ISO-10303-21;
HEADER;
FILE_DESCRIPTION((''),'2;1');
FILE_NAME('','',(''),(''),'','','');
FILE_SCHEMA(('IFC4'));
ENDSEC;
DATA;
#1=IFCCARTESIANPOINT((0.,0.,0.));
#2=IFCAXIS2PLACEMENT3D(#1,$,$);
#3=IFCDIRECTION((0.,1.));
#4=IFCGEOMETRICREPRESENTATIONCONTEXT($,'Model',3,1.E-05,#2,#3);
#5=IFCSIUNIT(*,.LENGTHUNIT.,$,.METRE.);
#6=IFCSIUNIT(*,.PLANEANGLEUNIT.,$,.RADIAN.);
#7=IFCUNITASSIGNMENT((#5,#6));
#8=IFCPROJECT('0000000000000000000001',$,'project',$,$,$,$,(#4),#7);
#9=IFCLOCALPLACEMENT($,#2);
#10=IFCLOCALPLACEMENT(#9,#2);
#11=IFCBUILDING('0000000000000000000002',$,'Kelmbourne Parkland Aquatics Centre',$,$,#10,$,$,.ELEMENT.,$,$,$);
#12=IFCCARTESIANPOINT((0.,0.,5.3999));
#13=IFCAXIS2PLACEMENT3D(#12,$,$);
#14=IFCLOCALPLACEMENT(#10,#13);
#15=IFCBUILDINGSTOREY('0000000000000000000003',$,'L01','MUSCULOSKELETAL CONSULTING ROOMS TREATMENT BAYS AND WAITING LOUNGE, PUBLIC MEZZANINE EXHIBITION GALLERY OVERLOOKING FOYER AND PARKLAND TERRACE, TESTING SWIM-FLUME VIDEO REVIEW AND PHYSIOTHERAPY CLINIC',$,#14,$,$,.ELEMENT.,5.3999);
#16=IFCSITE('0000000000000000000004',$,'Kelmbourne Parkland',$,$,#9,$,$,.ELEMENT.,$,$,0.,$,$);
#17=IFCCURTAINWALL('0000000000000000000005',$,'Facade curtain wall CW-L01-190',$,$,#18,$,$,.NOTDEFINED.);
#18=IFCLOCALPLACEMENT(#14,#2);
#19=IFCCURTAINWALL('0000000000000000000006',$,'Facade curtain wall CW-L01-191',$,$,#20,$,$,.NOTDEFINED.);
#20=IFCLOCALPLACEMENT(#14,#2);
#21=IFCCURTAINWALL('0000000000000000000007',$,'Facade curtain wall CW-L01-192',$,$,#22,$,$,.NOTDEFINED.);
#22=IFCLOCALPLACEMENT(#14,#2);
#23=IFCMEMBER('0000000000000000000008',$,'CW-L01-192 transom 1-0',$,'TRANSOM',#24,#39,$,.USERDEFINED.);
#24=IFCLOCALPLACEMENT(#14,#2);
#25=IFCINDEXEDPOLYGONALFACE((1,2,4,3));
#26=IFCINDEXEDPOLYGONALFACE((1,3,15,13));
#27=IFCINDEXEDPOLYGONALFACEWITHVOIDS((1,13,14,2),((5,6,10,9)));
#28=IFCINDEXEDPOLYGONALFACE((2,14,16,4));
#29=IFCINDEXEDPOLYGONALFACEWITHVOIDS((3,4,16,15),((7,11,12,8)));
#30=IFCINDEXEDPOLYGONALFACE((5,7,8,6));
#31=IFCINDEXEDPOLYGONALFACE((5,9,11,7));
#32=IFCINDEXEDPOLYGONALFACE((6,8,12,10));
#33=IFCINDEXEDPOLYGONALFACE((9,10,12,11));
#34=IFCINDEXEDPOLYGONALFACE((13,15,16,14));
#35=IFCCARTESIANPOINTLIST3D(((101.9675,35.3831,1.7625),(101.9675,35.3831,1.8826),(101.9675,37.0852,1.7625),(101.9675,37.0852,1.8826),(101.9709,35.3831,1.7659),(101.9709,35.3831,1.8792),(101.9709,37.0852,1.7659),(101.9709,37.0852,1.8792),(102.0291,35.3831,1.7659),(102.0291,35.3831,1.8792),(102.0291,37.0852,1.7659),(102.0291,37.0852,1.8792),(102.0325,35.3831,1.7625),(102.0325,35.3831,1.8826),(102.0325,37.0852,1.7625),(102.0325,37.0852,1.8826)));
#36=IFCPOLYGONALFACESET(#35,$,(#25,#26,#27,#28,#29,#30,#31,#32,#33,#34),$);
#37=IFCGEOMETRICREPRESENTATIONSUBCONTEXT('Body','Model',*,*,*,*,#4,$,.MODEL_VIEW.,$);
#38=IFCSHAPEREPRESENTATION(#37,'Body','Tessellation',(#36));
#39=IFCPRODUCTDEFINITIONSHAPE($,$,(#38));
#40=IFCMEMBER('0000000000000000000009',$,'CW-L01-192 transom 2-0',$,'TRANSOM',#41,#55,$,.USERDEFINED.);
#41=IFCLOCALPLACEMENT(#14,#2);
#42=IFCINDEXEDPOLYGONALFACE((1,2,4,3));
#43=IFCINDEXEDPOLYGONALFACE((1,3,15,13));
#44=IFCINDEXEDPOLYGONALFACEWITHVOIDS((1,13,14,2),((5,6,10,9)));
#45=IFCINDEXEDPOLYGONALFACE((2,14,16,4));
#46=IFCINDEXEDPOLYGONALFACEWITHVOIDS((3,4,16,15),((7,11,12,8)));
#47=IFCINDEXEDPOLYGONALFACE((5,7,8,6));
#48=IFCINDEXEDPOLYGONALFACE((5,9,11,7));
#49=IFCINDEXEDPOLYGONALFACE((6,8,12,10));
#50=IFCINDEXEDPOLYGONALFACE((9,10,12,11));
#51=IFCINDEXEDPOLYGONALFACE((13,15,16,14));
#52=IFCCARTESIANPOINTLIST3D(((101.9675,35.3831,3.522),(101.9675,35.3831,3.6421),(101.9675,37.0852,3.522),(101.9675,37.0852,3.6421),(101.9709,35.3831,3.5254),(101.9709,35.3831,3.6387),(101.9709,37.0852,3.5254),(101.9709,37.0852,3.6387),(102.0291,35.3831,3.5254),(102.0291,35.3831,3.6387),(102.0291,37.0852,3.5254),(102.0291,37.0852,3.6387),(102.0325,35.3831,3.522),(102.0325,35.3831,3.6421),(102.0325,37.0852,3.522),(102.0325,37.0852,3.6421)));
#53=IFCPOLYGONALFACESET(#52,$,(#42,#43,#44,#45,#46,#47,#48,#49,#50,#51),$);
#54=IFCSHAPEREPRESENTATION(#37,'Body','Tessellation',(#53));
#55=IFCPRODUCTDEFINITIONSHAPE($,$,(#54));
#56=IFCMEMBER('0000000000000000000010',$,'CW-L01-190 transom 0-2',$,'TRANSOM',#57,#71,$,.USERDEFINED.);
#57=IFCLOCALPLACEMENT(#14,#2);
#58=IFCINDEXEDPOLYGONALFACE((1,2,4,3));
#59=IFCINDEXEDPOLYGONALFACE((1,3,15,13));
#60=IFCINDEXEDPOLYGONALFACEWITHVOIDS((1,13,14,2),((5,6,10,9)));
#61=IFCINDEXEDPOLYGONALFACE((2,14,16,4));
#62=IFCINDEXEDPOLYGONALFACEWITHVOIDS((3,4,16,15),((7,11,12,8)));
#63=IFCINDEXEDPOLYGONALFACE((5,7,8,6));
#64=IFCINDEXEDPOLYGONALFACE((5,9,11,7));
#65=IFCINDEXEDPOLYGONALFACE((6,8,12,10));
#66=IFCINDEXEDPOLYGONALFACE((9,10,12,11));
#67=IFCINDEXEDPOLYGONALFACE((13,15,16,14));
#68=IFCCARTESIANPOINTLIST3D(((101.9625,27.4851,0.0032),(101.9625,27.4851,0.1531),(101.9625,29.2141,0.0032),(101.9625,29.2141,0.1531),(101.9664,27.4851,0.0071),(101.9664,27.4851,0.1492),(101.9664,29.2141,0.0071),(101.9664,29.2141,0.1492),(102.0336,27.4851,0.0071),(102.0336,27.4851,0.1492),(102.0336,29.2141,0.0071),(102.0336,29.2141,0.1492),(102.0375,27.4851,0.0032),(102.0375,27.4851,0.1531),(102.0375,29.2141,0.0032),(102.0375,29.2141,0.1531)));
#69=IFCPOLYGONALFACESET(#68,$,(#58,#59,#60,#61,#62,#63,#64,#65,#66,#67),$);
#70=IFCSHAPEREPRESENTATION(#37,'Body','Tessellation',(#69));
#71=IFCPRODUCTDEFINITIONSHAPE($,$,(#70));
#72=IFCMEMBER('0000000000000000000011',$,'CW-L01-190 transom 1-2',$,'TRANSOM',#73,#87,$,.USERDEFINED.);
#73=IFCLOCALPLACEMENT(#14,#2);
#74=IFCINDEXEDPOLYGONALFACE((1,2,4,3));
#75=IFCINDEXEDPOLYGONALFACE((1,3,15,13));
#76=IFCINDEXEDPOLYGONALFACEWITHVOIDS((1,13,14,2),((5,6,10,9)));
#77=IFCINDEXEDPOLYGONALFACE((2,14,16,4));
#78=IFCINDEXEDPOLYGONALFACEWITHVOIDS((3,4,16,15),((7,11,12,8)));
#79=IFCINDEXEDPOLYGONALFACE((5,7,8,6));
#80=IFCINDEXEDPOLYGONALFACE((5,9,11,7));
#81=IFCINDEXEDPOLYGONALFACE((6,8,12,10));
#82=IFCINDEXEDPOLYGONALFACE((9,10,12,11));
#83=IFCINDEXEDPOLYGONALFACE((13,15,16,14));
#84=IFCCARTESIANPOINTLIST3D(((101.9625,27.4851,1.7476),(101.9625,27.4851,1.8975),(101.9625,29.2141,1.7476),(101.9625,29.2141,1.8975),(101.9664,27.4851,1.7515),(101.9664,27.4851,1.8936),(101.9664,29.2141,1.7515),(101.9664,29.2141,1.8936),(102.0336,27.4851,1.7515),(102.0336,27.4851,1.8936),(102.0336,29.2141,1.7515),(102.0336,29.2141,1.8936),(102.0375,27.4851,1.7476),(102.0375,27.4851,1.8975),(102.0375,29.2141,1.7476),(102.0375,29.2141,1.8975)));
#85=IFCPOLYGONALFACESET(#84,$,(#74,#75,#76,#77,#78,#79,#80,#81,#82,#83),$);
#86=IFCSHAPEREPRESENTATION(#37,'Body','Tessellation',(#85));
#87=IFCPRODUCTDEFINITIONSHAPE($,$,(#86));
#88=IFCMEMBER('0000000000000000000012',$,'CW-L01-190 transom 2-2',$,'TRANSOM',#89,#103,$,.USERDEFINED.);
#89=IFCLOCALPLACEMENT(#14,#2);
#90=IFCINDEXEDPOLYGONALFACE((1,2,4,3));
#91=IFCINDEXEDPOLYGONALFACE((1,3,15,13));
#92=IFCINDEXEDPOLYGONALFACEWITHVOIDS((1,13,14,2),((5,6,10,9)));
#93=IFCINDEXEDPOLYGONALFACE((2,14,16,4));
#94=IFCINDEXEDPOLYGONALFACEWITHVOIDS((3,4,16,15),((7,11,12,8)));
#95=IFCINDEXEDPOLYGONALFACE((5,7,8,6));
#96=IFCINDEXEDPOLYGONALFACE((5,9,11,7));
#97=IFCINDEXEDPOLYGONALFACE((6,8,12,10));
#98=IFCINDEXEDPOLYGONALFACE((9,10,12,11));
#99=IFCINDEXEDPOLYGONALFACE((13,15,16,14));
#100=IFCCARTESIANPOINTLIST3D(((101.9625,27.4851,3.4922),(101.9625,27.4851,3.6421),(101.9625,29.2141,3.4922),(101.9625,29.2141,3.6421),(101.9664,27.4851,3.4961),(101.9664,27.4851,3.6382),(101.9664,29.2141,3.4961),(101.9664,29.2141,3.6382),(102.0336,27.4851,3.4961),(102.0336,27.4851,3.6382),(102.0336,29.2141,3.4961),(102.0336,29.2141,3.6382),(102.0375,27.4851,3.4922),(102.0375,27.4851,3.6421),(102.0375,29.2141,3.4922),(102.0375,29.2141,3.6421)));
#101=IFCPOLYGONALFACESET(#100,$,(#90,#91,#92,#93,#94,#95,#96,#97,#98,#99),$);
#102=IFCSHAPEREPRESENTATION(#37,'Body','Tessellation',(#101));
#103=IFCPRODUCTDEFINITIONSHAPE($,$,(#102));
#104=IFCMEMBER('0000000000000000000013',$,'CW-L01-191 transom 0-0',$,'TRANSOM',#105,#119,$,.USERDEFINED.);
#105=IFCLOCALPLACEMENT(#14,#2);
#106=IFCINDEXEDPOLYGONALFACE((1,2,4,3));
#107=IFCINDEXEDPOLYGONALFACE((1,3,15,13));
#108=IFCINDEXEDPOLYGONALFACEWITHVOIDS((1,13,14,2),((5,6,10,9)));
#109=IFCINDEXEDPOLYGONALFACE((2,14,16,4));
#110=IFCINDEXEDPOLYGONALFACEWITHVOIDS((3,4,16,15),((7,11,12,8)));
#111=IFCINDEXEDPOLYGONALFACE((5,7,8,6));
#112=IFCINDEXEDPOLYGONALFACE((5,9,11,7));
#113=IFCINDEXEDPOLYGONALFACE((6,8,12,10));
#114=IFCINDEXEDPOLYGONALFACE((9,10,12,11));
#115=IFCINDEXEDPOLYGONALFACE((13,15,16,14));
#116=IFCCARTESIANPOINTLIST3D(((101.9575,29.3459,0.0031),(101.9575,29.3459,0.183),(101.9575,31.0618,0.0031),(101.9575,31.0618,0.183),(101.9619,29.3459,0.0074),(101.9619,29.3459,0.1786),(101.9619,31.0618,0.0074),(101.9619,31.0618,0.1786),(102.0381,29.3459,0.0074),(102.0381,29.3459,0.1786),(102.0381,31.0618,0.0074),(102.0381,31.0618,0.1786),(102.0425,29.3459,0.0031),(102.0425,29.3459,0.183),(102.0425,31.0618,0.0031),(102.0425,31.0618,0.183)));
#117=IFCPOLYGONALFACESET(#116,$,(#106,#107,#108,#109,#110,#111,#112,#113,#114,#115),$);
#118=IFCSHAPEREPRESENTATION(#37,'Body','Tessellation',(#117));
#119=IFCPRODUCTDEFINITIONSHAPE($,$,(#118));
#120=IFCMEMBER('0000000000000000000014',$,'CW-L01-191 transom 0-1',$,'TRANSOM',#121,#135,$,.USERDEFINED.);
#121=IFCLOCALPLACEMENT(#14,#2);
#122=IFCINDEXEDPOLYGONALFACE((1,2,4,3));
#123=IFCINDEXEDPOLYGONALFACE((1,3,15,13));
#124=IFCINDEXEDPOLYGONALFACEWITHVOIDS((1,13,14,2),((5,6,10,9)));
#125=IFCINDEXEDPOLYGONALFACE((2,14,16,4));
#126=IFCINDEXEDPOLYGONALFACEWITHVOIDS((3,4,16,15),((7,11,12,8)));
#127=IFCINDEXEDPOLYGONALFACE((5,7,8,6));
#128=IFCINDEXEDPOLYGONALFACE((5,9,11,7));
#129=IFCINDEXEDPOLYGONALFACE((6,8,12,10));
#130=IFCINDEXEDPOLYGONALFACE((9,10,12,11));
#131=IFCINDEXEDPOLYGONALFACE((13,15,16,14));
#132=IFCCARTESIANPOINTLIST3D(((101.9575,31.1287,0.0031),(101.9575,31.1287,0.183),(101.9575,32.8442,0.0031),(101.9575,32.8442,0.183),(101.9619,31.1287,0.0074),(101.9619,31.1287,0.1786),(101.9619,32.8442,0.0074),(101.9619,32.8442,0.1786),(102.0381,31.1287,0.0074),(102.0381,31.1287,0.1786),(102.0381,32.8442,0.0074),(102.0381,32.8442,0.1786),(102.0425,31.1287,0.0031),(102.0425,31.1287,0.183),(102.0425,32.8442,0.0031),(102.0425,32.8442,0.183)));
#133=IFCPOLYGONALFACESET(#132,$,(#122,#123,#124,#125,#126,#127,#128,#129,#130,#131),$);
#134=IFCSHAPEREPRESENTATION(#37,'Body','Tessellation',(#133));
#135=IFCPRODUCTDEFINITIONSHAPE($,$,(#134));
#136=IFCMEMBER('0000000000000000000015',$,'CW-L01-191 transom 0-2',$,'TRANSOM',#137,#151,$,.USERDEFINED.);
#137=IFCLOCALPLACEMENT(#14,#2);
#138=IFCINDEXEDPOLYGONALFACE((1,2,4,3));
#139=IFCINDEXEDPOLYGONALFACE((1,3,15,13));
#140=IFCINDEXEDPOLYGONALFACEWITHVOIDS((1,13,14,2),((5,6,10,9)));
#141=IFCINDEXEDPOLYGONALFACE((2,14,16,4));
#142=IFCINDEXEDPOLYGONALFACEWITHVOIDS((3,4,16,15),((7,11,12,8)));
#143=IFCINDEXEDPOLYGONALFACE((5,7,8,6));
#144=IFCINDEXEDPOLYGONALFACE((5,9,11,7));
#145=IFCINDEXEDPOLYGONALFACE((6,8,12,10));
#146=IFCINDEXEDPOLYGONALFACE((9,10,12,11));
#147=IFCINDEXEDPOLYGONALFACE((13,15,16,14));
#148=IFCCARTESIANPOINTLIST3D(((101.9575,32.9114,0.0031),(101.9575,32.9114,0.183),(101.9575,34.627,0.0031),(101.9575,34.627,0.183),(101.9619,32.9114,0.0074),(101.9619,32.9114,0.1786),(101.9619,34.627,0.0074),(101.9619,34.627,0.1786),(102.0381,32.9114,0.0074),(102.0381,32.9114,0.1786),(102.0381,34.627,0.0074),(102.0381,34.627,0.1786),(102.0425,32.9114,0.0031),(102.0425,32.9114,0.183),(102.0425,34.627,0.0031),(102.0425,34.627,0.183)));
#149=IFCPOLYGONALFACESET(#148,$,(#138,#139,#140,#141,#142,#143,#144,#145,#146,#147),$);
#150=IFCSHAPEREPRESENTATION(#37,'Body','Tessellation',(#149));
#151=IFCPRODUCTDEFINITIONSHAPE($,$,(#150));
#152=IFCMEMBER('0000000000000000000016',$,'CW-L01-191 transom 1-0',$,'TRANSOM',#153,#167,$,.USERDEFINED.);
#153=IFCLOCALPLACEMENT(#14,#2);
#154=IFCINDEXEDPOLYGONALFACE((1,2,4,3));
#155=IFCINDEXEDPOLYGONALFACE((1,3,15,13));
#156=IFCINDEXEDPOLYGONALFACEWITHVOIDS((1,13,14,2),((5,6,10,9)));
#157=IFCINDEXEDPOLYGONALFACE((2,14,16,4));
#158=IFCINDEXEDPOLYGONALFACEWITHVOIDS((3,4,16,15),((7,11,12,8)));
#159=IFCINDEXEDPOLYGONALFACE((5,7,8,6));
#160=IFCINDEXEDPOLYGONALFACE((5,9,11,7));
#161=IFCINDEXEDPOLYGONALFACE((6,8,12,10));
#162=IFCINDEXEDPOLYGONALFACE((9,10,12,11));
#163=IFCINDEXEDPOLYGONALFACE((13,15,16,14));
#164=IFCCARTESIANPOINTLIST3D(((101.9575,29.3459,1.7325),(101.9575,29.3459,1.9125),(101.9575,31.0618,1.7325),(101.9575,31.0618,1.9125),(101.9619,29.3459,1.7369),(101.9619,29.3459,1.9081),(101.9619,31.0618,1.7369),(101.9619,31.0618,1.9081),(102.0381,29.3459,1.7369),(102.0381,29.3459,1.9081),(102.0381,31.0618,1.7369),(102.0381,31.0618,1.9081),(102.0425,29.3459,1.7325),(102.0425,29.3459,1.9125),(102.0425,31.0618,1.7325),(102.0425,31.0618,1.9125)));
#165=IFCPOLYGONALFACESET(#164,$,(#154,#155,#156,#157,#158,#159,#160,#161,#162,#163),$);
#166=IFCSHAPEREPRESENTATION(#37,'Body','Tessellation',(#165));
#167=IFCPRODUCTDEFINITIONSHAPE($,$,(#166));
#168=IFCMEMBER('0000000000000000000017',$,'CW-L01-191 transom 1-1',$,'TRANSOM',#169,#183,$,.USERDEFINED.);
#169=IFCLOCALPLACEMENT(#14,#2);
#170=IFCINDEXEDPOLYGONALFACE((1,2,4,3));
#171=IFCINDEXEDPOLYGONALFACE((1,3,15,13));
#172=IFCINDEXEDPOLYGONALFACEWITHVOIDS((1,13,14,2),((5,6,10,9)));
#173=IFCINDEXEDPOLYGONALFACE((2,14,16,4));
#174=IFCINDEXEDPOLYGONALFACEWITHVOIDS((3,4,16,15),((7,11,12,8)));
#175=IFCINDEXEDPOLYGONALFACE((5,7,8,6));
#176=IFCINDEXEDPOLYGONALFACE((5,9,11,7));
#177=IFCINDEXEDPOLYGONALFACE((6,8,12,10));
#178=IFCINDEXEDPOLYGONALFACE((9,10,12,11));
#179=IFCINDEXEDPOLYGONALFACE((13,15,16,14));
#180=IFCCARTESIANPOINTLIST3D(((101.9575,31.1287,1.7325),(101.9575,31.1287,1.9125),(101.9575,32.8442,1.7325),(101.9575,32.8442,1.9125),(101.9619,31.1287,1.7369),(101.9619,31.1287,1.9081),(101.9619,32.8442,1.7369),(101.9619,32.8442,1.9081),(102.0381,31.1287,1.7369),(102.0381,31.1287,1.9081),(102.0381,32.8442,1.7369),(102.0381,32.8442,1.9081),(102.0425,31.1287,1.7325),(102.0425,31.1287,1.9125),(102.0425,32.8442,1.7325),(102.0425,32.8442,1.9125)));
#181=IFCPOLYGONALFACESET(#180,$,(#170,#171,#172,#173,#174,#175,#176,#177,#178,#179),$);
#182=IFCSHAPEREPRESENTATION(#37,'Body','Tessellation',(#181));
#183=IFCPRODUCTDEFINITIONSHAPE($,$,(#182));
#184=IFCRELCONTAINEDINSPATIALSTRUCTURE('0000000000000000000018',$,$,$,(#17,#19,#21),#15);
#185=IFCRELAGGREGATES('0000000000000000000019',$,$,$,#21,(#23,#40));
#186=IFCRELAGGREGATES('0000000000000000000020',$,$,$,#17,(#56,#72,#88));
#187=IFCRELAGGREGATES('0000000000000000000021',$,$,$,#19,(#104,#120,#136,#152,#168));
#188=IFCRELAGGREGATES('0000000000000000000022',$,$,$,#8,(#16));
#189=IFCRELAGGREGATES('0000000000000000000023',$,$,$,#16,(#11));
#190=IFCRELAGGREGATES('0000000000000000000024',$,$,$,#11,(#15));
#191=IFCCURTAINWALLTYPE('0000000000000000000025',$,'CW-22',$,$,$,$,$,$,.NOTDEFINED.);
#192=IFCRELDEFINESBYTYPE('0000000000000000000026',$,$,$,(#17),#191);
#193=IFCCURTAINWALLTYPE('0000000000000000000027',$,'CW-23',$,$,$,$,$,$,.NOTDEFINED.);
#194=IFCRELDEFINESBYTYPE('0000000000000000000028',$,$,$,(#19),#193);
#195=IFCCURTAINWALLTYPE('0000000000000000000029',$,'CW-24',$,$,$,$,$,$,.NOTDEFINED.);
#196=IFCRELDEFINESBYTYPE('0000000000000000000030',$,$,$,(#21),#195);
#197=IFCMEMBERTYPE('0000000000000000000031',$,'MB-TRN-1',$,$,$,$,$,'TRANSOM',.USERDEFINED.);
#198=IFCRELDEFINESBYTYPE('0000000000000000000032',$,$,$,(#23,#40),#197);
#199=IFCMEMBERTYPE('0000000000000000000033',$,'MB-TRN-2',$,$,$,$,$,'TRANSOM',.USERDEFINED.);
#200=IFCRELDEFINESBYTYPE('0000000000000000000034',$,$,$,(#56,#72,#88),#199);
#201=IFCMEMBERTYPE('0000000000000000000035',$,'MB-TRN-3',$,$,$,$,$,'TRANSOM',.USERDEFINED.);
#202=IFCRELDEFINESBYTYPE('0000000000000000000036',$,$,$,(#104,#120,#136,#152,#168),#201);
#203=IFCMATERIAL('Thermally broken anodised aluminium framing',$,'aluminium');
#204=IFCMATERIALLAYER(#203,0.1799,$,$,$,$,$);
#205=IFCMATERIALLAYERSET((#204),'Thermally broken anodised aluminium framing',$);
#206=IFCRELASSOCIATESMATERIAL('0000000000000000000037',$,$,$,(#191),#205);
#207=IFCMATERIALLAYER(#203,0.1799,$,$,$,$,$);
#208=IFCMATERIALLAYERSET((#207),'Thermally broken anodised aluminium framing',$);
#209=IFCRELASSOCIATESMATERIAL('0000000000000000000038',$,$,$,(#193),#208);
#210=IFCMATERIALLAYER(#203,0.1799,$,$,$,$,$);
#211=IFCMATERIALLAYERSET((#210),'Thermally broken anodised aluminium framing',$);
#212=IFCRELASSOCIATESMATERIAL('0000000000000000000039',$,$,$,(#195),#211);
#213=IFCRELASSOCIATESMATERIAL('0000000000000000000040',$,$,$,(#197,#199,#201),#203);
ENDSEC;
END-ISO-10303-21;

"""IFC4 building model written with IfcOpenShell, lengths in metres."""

from ifc_helpers import new_model, si_unit, direction, frame, origin, origin_2d, place, context, subcontext, project, spatial, hollow_rectangle, extrude, material, layer, layer_set, material_profile, profile_set, type_object, element, aggregate, save


model = new_model("IFC4")

# Units and contexts
model_context = context("Model", 3, precision=1e-05, world=origin(), true_north=direction((0.0, 1.0)))
body_context = subcontext(model_context, "Body", "Model", "MODEL_VIEW")
ifc_project = project(units=[si_unit("LENGTHUNIT", "METRE"), si_unit("PLANEANGLEUNIT", "RADIAN")], contexts=[model_context])

# Site, building, storey
site_placement = place(None, origin())
site = spatial("IfcSite", under=ifc_project, at=site_placement, Name="Kelmbourne Parkland", CompositionType="ELEMENT", RefElevation=0.0)
building_placement = place(site_placement, origin())
building = spatial("IfcBuilding", under=site, at=building_placement, Name="Kelmbourne Parkland Aquatics Centre", CompositionType="ELEMENT")
storey_placement = place(building_placement, frame((0.0, 0.0, 5.3999)))
storey = spatial("IfcBuildingStorey", under=building, at=storey_placement, Name="L01", Description="MUSCULOSKELETAL CONSULTING ROOMS TREATMENT BAYS AND WAITING LOUNGE, PUBLIC MEZZANINE EXHIBITION GALLERY OVERLOOKING FOYER AND PARKLAND TERRACE, TESTING SWIM-FLUME VIDEO REVIEW AND PHYSIOTHERAPY CLINIC", CompositionType="ELEMENT", Elevation=5.3999)

# Curtain walls, members
ifc_material_1 = material(Name="Thermally broken anodised aluminium framing", Category="aluminium")
ifc_layer_1 = layer(ifc_material_1, 0.1799)
ifc_layer_set_1 = layer_set([ifc_layer_1], Name="Thermally broken anodised aluminium framing")
curtain_wall_type_1 = type_object("IfcCurtainWallType", Name="CW-22", PredefinedType="NOTDEFINED", material=ifc_layer_set_1)
curtain_wall_1_placement = place(storey_placement, origin())
curtain_wall_1 = element("IfcCurtainWall", 1, at=curtain_wall_1_placement, inside=storey, type_object=curtain_wall_type_1, Name="Facade curtain wall CW-L01-190", PredefinedType="NOTDEFINED")
ifc_layer_2 = layer(ifc_material_1, 0.1799)
ifc_layer_set_2 = layer_set([ifc_layer_2], Name="Thermally broken anodised aluminium framing")
curtain_wall_type_2 = type_object("IfcCurtainWallType", Name="CW-23", PredefinedType="NOTDEFINED", material=ifc_layer_set_2)
curtain_wall_2_placement = place(storey_placement, origin())
curtain_wall_2 = element("IfcCurtainWall", 2, at=curtain_wall_2_placement, inside=storey, type_object=curtain_wall_type_2, Name="Facade curtain wall CW-L01-191", PredefinedType="NOTDEFINED")
ifc_layer_3 = layer(ifc_material_1, 0.1799)
ifc_layer_set_3 = layer_set([ifc_layer_3], Name="Thermally broken anodised aluminium framing")
curtain_wall_type_3 = type_object("IfcCurtainWallType", Name="CW-24", PredefinedType="NOTDEFINED", material=ifc_layer_set_3)
curtain_wall_3_placement = place(storey_placement, origin())
curtain_wall_3 = element("IfcCurtainWall", 3, at=curtain_wall_3_placement, inside=storey, type_object=curtain_wall_type_3, Name="Facade curtain wall CW-L01-192", PredefinedType="NOTDEFINED")
ifc_material_profile_1 = material_profile(ifc_material_1, hollow_rectangle(XDim=0.0649, YDim=0.1201, WallThickness=0.0034, at=origin_2d()), Name="CW-T 65x120")
ifc_profile_set_1 = profile_set([ifc_material_profile_1], Name="Thermally broken anodised aluminium framing")
member_type_1 = type_object("IfcMemberType", Name="MB-TRN-1", ElementType="TRANSOM", PredefinedType="USERDEFINED", material=ifc_profile_set_1)
member_1_placement = place(storey_placement, frame((102.0, 35.3831, 1.8225), z_axis=(0.0, 1.0, 0.0), x_axis=(-1.0, 0.0, 0.0)))
member_1 = element("IfcMember", 4, at=member_1_placement, type_object=member_type_1, Name="CW-L01-192 transom 1-0", ObjectType="TRANSOM", PredefinedType="USERDEFINED", context=body_context, shape_type="SweptSolid", body=[
    extrude(hollow_rectangle(XDim=0.0649, YDim=0.1201, WallThickness=0.0034, at=origin_2d()), origin(), (0.0, 0.0, 1.0), 1.7021),
])
member_2_placement = place(storey_placement, frame((102.0, 35.3831, 3.582), z_axis=(0.0, 1.0, 0.0), x_axis=(-1.0, 0.0, 0.0)))
member_2 = element("IfcMember", 5, at=member_2_placement, type_object=member_type_1, Name="CW-L01-192 transom 2-0", ObjectType="TRANSOM", PredefinedType="USERDEFINED", context=body_context, shape_type="SweptSolid", body=[
    extrude(hollow_rectangle(XDim=0.0649, YDim=0.1201, WallThickness=0.0034, at=origin_2d()), origin(), (0.0, 0.0, 1.0), 1.7021),
])

# Members
ifc_material_profile_2 = material_profile(ifc_material_1, hollow_rectangle(XDim=0.075, YDim=0.1499, WallThickness=0.0039, at=origin_2d()), Name="CW-T 75x150")
ifc_profile_set_2 = profile_set([ifc_material_profile_2], Name="Thermally broken anodised aluminium framing")
member_type_2 = type_object("IfcMemberType", Name="MB-TRN-2", ElementType="TRANSOM", PredefinedType="USERDEFINED", material=ifc_profile_set_2)
member_3_placement = place(storey_placement, frame((102.0, 27.4851, 0.0781), z_axis=(0.0, 1.0, 0.0), x_axis=(-1.0, 0.0, 0.0)))
member_3 = element("IfcMember", 6, at=member_3_placement, type_object=member_type_2, Name="CW-L01-190 transom 0-2", ObjectType="TRANSOM", PredefinedType="USERDEFINED", context=body_context, shape_type="SweptSolid", body=[
    extrude(hollow_rectangle(XDim=0.075, YDim=0.1499, WallThickness=0.0039, at=origin_2d()), origin(), (0.0, 0.0, 1.0), 1.729),
])
member_4_placement = place(storey_placement, frame((102.0, 27.4851, 1.8225), z_axis=(0.0, 1.0, 0.0), x_axis=(-1.0, 0.0, 0.0)))
member_4 = element("IfcMember", 7, at=member_4_placement, type_object=member_type_2, Name="CW-L01-190 transom 1-2", ObjectType="TRANSOM", PredefinedType="USERDEFINED", context=body_context, shape_type="SweptSolid", body=[
    extrude(hollow_rectangle(XDim=0.075, YDim=0.1499, WallThickness=0.0039, at=origin_2d()), origin(), (0.0, 0.0, 1.0), 1.729),
])
member_5_placement = place(storey_placement, frame((102.0, 27.4851, 3.5671), z_axis=(0.0, 1.0, 0.0), x_axis=(-1.0, 0.0, 0.0)))
member_5 = element("IfcMember", 8, at=member_5_placement, type_object=member_type_2, Name="CW-L01-190 transom 2-2", ObjectType="TRANSOM", PredefinedType="USERDEFINED", context=body_context, shape_type="SweptSolid", body=[
    extrude(hollow_rectangle(XDim=0.075, YDim=0.1499, WallThickness=0.0039, at=origin_2d()), origin(), (0.0, 0.0, 1.0), 1.729),
])
ifc_material_profile_3 = material_profile(ifc_material_1, hollow_rectangle(XDim=0.085, YDim=0.1799, WallThickness=0.0044, at=origin_2d()), Name="CW-T 85x180")
ifc_profile_set_3 = profile_set([ifc_material_profile_3], Name="Thermally broken anodised aluminium framing")
member_type_3 = type_object("IfcMemberType", Name="MB-TRN-3", ElementType="TRANSOM", PredefinedType="USERDEFINED", material=ifc_profile_set_3)
member_6_placement = place(storey_placement, frame((102.0, 29.3459, 0.093), z_axis=(0.0, 1.0, 0.0), x_axis=(-1.0, 0.0, 0.0)))
member_6 = element("IfcMember", 9, at=member_6_placement, type_object=member_type_3, Name="CW-L01-191 transom 0-0", ObjectType="TRANSOM", PredefinedType="USERDEFINED", context=body_context, shape_type="SweptSolid", body=[
    extrude(hollow_rectangle(XDim=0.085, YDim=0.1799, WallThickness=0.0044, at=origin_2d()), origin(), (0.0, 0.0, 1.0), 1.7158),
])
member_7_placement = place(storey_placement, frame((102.0, 31.1287, 0.093), z_axis=(0.0, 1.0, 0.0), x_axis=(-1.0, 0.0, 0.0)))
member_7 = element("IfcMember", 10, at=member_7_placement, type_object=member_type_3, Name="CW-L01-191 transom 0-1", ObjectType="TRANSOM", PredefinedType="USERDEFINED", context=body_context, shape_type="SweptSolid", body=[
    extrude(hollow_rectangle(XDim=0.085, YDim=0.1799, WallThickness=0.0044, at=origin_2d()), origin(), (0.0, 0.0, 1.0), 1.7156),
])
member_8_placement = place(storey_placement, frame((102.0, 32.9114, 0.093), z_axis=(0.0, 1.0, 0.0), x_axis=(-1.0, 0.0, 0.0)))
member_8 = element("IfcMember", 11, at=member_8_placement, type_object=member_type_3, Name="CW-L01-191 transom 0-2", ObjectType="TRANSOM", PredefinedType="USERDEFINED", context=body_context, shape_type="SweptSolid", body=[
    extrude(hollow_rectangle(XDim=0.085, YDim=0.1799, WallThickness=0.0044, at=origin_2d()), origin(), (0.0, 0.0, 1.0), 1.7156),
])
member_9_placement = place(storey_placement, frame((102.0, 29.3459, 1.8225), z_axis=(0.0, 1.0, 0.0), x_axis=(-1.0, 0.0, 0.0)))
member_9 = element("IfcMember", 12, at=member_9_placement, type_object=member_type_3, Name="CW-L01-191 transom 1-0", ObjectType="TRANSOM", PredefinedType="USERDEFINED", context=body_context, shape_type="SweptSolid", body=[
    extrude(hollow_rectangle(XDim=0.085, YDim=0.1799, WallThickness=0.0044, at=origin_2d()), origin(), (0.0, 0.0, 1.0), 1.7158),
])
member_10_placement = place(storey_placement, frame((102.0, 31.1287, 1.8225), z_axis=(0.0, 1.0, 0.0), x_axis=(-1.0, 0.0, 0.0)))
member_10 = element("IfcMember", 13, at=member_10_placement, type_object=member_type_3, Name="CW-L01-191 transom 1-1", ObjectType="TRANSOM", PredefinedType="USERDEFINED", context=body_context, shape_type="SweptSolid", body=[
    extrude(hollow_rectangle(XDim=0.085, YDim=0.1799, WallThickness=0.0044, at=origin_2d()), origin(), (0.0, 0.0, 1.0), 1.7156),
])

aggregate(curtain_wall_3, [member_1, member_2])
aggregate(curtain_wall_1, [member_3, member_4, member_5])
aggregate(curtain_wall_2, [member_6, member_7, member_8, member_9, member_10])

save(model, "model.ifc")
